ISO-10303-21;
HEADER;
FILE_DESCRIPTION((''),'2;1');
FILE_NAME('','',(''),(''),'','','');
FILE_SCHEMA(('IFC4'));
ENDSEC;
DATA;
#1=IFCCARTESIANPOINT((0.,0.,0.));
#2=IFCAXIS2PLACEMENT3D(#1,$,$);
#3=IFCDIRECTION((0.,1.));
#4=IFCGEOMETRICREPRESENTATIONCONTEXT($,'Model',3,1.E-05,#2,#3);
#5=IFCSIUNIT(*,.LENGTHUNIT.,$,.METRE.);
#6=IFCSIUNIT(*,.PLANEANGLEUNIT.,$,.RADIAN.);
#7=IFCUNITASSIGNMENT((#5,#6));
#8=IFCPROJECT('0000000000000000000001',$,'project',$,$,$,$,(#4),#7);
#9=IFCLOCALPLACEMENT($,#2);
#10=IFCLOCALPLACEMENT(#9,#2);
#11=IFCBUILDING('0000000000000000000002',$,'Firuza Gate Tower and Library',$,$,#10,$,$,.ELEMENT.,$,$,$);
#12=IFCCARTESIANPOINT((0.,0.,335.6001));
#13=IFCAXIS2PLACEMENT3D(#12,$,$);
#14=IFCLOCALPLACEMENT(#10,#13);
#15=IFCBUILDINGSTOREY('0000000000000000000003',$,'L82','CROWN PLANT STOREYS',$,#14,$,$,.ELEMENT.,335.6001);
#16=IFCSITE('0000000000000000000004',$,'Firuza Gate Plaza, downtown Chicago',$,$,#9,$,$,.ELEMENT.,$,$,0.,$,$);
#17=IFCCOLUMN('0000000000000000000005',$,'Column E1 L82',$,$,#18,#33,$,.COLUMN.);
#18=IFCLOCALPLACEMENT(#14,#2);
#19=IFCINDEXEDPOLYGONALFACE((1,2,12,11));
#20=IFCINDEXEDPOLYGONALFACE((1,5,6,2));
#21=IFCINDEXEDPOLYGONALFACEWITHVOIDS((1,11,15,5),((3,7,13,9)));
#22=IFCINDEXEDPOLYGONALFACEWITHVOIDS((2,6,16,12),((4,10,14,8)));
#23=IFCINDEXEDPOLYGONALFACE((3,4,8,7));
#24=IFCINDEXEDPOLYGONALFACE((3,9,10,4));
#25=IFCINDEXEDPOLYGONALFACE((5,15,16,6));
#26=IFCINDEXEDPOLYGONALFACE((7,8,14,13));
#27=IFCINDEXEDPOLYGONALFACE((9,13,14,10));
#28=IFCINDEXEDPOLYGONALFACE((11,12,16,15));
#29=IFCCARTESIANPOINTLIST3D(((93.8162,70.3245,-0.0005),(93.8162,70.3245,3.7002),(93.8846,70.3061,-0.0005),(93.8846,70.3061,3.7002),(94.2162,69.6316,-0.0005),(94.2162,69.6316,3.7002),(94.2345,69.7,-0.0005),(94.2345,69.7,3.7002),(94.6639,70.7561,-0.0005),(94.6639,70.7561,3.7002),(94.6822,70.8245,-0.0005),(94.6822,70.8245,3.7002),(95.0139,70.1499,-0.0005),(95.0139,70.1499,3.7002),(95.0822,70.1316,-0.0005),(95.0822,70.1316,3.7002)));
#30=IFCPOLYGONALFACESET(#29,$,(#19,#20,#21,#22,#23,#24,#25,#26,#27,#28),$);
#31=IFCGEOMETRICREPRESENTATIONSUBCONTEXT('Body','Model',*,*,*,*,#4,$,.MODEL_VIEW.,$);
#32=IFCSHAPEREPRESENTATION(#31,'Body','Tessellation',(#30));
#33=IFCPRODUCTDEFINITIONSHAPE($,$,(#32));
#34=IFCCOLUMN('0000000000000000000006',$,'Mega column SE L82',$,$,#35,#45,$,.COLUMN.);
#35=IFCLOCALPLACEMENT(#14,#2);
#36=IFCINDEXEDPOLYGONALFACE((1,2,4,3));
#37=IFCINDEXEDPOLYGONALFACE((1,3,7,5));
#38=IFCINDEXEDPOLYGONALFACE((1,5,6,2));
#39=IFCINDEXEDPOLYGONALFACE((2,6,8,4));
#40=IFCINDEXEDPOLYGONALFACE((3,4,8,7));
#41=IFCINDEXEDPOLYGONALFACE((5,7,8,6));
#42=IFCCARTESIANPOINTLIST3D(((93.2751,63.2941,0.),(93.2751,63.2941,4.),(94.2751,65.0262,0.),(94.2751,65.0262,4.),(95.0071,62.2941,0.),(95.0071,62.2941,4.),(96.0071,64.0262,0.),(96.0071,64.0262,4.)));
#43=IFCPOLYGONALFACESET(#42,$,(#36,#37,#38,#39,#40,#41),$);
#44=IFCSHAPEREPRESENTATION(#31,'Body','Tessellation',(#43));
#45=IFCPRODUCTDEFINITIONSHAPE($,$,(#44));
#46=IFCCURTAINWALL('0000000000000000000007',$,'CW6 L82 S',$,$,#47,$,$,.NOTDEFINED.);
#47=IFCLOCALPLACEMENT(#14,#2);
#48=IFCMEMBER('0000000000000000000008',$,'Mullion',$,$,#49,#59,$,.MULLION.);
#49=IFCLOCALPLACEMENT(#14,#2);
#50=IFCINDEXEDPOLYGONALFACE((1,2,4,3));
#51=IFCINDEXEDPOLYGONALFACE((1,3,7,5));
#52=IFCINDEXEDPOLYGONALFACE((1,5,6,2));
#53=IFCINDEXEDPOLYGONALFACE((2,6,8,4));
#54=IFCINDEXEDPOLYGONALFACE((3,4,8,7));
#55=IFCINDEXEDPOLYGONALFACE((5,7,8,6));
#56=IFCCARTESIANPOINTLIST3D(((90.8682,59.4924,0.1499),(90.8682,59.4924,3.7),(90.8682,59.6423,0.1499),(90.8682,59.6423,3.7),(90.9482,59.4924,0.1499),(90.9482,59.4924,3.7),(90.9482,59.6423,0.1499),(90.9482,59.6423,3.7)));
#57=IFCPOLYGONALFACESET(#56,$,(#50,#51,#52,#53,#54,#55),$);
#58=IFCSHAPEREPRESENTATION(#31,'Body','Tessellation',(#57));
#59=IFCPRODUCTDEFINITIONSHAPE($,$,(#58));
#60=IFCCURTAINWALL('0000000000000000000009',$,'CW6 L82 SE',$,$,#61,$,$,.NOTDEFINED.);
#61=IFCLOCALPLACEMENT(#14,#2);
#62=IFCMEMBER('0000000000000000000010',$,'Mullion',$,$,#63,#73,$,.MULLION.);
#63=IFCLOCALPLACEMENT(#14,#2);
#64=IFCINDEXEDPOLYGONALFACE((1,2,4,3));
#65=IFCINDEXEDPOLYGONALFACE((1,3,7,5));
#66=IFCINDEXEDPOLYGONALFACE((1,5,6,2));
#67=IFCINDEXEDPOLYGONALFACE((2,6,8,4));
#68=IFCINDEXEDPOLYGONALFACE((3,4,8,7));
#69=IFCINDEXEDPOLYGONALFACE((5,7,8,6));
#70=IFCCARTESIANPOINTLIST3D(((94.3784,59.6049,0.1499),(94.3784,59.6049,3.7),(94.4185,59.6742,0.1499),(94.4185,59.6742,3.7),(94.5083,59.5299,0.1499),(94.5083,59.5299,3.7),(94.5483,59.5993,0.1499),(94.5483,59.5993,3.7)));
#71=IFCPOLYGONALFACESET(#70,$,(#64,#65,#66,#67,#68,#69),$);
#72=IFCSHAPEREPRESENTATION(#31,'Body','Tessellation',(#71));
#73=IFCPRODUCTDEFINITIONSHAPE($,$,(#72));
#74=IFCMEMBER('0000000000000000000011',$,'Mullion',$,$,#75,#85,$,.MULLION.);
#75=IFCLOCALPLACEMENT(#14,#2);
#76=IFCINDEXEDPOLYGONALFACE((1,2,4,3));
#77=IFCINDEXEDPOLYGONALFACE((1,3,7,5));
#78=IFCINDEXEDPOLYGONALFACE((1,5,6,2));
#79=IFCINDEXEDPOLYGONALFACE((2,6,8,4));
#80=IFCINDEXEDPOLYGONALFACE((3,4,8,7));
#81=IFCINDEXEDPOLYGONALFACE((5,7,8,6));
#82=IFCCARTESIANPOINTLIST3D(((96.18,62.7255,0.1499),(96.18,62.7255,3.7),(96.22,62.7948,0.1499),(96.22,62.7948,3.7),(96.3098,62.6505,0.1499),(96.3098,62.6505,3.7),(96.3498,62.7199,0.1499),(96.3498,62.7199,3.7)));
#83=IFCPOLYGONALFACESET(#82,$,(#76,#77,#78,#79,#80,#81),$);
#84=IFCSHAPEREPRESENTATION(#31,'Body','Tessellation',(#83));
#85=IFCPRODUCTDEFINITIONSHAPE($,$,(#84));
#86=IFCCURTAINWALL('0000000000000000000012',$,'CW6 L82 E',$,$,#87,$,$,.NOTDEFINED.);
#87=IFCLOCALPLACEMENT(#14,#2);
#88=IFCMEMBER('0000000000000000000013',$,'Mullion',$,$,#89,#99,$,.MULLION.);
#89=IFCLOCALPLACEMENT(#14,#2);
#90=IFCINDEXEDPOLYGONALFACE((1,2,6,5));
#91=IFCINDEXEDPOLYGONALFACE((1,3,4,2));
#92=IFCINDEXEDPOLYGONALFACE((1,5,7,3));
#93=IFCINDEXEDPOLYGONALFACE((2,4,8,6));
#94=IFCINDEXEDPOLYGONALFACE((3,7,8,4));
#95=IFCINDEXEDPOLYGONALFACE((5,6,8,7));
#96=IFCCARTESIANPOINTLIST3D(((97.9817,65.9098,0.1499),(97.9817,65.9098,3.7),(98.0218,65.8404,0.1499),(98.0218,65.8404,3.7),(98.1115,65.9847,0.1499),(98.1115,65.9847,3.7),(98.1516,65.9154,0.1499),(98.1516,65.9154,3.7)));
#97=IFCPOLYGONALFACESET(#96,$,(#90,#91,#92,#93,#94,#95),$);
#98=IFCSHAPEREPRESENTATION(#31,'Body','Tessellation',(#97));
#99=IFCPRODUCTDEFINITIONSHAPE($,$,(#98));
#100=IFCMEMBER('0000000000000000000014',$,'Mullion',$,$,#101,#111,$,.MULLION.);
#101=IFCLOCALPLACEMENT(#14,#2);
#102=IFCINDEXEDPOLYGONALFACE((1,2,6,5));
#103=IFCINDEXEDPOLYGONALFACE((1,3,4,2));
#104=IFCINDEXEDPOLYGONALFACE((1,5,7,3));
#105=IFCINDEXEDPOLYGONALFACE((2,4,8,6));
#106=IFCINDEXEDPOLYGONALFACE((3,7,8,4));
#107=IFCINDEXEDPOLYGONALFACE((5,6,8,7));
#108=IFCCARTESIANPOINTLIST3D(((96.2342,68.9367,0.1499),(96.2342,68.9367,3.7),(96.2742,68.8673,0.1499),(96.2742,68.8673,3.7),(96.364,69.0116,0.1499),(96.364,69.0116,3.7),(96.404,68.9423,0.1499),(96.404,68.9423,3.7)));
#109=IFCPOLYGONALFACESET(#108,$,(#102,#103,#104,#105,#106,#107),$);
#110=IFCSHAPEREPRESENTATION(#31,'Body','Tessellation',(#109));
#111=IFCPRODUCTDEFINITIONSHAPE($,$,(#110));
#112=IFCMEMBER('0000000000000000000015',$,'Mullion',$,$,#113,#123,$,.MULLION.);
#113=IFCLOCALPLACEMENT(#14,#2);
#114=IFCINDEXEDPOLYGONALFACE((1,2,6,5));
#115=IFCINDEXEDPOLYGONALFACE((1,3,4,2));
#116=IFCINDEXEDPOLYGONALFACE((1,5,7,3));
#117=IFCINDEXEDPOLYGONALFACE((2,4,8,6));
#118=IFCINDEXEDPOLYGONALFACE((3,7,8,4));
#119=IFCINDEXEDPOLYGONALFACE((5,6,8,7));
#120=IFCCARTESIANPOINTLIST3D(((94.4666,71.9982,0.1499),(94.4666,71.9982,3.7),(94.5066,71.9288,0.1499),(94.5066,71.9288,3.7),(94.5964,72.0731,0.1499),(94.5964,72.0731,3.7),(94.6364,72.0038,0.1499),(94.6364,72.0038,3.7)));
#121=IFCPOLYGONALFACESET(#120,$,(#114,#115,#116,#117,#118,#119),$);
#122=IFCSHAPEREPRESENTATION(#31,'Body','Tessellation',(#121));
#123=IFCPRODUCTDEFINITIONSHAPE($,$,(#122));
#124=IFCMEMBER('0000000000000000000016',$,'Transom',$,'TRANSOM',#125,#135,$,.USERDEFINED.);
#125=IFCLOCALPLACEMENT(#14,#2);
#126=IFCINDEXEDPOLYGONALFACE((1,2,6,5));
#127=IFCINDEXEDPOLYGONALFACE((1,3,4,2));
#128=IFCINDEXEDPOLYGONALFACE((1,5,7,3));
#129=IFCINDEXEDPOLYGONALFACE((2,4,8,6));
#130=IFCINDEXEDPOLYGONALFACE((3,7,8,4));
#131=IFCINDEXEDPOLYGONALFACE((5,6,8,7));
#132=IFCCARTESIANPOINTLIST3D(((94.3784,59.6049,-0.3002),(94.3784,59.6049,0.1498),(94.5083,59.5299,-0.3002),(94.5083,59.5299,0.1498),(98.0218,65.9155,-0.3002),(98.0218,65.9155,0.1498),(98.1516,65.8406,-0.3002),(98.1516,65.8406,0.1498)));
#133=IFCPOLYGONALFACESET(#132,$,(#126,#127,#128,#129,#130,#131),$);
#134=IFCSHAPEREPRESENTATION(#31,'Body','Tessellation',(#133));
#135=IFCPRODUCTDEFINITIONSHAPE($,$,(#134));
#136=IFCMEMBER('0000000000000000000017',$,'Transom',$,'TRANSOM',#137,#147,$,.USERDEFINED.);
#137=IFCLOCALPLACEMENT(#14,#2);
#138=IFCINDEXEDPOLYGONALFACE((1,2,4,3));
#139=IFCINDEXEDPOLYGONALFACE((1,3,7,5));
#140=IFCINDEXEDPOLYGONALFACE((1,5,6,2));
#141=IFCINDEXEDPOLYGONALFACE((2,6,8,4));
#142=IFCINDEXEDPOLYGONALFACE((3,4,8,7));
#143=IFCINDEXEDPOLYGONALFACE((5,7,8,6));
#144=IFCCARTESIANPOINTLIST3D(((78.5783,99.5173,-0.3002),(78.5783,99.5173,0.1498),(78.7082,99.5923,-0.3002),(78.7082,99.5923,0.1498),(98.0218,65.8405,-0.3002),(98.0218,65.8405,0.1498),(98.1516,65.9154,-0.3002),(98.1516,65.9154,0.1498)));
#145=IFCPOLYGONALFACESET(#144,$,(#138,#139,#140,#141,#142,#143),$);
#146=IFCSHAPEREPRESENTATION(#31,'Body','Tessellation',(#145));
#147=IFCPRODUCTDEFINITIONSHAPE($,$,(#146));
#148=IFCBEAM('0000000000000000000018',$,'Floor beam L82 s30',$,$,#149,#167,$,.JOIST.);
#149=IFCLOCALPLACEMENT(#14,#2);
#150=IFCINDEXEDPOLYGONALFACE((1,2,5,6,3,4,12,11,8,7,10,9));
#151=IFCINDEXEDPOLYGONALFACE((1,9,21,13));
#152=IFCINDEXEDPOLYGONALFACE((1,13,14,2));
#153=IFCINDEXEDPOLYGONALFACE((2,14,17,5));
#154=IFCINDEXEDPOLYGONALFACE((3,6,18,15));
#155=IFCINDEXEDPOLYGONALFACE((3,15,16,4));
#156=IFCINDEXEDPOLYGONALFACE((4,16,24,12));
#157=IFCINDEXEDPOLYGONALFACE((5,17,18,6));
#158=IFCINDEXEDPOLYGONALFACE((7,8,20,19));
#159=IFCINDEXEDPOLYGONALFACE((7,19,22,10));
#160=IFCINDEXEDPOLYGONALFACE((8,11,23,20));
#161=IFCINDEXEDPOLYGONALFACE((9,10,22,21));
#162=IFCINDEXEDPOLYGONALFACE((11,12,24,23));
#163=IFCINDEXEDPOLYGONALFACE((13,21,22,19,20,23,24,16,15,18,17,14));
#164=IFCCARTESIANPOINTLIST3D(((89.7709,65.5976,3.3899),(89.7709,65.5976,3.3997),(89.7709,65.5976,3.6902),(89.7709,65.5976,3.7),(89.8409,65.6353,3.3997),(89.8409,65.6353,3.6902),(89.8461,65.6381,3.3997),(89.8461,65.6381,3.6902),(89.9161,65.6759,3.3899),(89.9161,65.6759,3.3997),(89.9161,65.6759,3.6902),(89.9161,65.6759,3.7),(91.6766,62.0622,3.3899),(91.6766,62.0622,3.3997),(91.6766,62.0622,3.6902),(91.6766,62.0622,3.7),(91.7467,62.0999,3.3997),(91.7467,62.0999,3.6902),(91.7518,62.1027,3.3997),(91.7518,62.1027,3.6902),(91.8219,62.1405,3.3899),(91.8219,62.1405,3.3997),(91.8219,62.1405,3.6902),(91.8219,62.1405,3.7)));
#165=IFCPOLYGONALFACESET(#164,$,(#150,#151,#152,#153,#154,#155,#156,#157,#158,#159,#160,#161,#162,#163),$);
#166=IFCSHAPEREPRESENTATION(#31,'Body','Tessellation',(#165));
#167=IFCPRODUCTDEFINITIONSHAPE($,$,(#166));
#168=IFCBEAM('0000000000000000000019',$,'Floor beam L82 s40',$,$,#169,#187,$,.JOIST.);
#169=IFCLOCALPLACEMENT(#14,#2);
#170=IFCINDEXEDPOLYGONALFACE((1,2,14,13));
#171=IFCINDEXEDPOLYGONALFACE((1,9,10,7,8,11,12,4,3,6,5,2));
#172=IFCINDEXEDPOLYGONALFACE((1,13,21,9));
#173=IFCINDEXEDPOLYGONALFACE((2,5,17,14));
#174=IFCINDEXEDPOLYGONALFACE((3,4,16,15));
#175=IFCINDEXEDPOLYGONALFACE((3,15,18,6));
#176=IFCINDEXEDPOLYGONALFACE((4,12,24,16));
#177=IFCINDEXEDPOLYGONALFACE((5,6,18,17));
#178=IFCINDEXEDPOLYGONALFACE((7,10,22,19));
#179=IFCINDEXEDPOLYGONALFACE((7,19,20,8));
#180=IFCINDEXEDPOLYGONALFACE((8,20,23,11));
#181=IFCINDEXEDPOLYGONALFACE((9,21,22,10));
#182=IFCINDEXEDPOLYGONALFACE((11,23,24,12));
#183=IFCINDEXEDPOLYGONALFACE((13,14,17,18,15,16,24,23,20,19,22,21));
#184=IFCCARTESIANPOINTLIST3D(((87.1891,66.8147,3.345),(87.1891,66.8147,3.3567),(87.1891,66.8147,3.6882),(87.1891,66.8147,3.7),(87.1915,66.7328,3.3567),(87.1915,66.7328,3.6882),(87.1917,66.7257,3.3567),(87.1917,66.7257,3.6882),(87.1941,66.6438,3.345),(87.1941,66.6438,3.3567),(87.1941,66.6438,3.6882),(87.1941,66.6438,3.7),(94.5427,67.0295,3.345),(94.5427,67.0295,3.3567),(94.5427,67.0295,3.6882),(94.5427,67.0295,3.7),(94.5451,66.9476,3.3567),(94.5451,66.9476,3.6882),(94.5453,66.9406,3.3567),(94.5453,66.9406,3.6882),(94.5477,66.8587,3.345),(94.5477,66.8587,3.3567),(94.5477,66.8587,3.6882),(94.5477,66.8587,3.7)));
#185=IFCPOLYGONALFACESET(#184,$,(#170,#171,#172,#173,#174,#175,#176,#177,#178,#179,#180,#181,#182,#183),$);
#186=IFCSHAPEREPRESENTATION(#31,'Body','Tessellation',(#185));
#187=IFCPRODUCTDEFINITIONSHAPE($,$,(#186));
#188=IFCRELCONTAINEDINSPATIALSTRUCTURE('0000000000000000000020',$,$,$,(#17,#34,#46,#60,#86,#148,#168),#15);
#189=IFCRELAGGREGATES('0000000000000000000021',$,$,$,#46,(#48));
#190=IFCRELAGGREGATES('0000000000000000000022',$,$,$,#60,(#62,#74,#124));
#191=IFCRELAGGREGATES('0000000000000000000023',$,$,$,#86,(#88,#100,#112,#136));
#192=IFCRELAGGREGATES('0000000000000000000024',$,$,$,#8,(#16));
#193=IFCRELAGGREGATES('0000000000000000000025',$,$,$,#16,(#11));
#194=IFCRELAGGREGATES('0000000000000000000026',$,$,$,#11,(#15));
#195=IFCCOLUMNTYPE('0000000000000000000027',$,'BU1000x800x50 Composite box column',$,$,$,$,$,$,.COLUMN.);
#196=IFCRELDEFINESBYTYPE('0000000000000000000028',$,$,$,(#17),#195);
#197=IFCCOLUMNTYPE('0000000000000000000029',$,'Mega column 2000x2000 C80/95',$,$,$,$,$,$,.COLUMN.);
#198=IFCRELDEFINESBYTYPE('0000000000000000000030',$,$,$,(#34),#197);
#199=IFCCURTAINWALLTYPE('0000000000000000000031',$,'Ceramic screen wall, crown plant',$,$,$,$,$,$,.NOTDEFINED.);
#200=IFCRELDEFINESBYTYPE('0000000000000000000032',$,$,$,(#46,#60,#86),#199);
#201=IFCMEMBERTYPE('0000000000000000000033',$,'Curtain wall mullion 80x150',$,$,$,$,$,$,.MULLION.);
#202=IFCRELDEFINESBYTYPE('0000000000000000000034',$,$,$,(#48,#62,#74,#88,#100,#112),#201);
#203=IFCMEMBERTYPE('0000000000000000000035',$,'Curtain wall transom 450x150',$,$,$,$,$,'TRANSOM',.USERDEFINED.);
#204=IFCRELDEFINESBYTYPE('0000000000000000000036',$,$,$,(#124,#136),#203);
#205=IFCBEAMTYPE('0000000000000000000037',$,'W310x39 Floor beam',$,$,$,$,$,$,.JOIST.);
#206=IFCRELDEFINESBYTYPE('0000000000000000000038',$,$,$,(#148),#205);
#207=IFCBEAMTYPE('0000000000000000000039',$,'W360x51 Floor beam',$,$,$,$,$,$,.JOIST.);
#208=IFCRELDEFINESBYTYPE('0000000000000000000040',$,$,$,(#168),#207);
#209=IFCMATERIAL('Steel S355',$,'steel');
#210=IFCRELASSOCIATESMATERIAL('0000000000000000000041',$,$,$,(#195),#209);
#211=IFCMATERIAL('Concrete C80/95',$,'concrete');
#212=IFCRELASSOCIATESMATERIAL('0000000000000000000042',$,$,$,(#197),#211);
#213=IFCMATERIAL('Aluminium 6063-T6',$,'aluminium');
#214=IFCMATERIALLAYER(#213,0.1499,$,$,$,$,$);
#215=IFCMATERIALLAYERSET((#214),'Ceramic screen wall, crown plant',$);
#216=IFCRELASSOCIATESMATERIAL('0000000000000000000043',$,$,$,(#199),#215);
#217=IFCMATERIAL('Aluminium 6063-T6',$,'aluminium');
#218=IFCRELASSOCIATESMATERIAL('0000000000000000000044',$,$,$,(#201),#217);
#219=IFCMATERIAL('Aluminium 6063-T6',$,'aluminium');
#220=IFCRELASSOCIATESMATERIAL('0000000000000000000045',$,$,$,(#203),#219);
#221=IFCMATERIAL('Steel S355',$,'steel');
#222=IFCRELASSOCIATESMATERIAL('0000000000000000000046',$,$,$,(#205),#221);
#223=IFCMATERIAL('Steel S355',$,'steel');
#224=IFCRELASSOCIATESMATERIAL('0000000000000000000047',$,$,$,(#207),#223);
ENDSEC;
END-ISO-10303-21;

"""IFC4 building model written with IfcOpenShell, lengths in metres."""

from ifc_helpers import new_model, si_unit, direction, frame, origin, origin_2d, place, context, subcontext, project, spatial, rectangle, hollow_rectangle, i_section, extrude, material, layer, layer_set, material_profile, profile_set, type_object, element, aggregate, save


model = new_model("IFC4")

# Units and contexts
model_context = context("Model", 3, precision=1e-05, world=origin(), true_north=direction((0.0, 1.0)))
body_context = subcontext(model_context, "Body", "Model", "MODEL_VIEW")
ifc_project = project(units=[si_unit("LENGTHUNIT", "METRE"), si_unit("PLANEANGLEUNIT", "RADIAN")], contexts=[model_context])

# Site, building, storey
site_placement = place(None, origin())
site = spatial("IfcSite", under=ifc_project, at=site_placement, Name="Firuza Gate Plaza, downtown Chicago", CompositionType="ELEMENT", RefElevation=0.0)
building_placement = place(site_placement, origin())
building = spatial("IfcBuilding", under=site, at=building_placement, Name="Firuza Gate Tower and Library", CompositionType="ELEMENT")
storey_placement = place(building_placement, frame((0.0, 0.0, 335.6001)))
storey = spatial("IfcBuildingStorey", under=building, at=storey_placement, Name="L82", Description="CROWN PLANT STOREYS", CompositionType="ELEMENT", Elevation=335.6001)

# Columns
ifc_material_1 = material(Name="Steel S355", Category="steel")
ifc_material_profile_1 = material_profile(ifc_material_1, hollow_rectangle(XDim=0.8, YDim=1.0, WallThickness=0.05, at=origin_2d()))
ifc_profile_set_1 = profile_set([ifc_material_profile_1], Name="Steel S355")
column_type_1 = type_object("IfcColumnType", Name="BU1000x800x50 Composite box column", PredefinedType="COLUMN", material=ifc_profile_set_1)
column_1_placement = place(storey_placement, frame((94.4492, 70.228, -0.0005), z_axis=(0.0, 0.0, 1.0), x_axis=(-0.5, 0.866025, 0.0)))
element("IfcColumn", 1, at=column_1_placement, inside=storey, type_object=column_type_1, Name="Column E1 L82", PredefinedType="COLUMN", context=body_context, shape_type="SweptSolid", body=[
    extrude(hollow_rectangle(XDim=0.8, YDim=1.0, WallThickness=0.05, at=origin_2d()), origin(), (0.0, 0.0, 1.0), 3.7007),
])
ifc_material_2 = material(Name="Concrete C80/95", Category="concrete")
ifc_material_profile_2 = material_profile(ifc_material_2, rectangle(XDim=2.0, YDim=2.0, at=origin_2d()))
ifc_profile_set_2 = profile_set([ifc_material_profile_2], Name="Concrete C80/95")
column_type_2 = type_object("IfcColumnType", Name="Mega column 2000x2000 C80/95", PredefinedType="COLUMN", material=ifc_profile_set_2)
column_2_placement = place(storey_placement, frame((94.6411, 63.6602, 0.0), z_axis=(0.0, 0.0, 1.0), x_axis=(0.5, 0.866025, 0.0)))
element("IfcColumn", 2, at=column_2_placement, inside=storey, type_object=column_type_2, Name="Mega column SE L82", PredefinedType="COLUMN", context=body_context, shape_type="SweptSolid", body=[
    extrude(rectangle(XDim=2.0, YDim=2.0, at=origin_2d()), origin(), (0.0, 0.0, 1.0), 4.0),
])

# Curtain wall, member
ifc_material_3 = material(Name="Aluminium 6063-T6", Category="aluminium")
ifc_layer_1 = layer(ifc_material_3, 0.1499)
ifc_layer_set_1 = layer_set([ifc_layer_1], Name="Ceramic screen wall, crown plant")
curtain_wall_type = type_object("IfcCurtainWallType", Name="Ceramic screen wall, crown plant", PredefinedType="NOTDEFINED", material=ifc_layer_set_1)
placement = place(storey_placement, origin())
curtain_wall_1 = element("IfcCurtainWall", 3, at=placement, inside=storey, type_object=curtain_wall_type, Name="CW6 L82 S", PredefinedType="NOTDEFINED")
ifc_material_4 = material(Name="Aluminium 6063-T6", Category="aluminium")
ifc_material_profile_3 = material_profile(ifc_material_4, rectangle(XDim=0.1499, YDim=0.0801, at=origin_2d()))
ifc_profile_set_3 = profile_set([ifc_material_profile_3], Name="Aluminium 6063-T6")
member_type_1 = type_object("IfcMemberType", Name="Curtain wall mullion 80x150", PredefinedType="MULLION", material=ifc_profile_set_3)
member_1_placement = place(storey_placement, frame((90.9082, 59.5674, 0.1499), z_axis=(0.0, 0.0, 1.0), x_axis=(0.0, 1.0, 0.0)))
member_1 = element("IfcMember", 4, at=member_1_placement, type_object=member_type_1, Name="Mullion", PredefinedType="MULLION", context=body_context, shape_type="SweptSolid", body=[
    extrude(rectangle(XDim=0.1499, YDim=0.0801, at=origin_2d()), origin(), (0.0, 0.0, 1.0), 3.55),
])

# Curtain walls, members
curtain_wall_2 = element("IfcCurtainWall", 5, at=placement, inside=storey, type_object=curtain_wall_type, Name="CW6 L82 SE", PredefinedType="NOTDEFINED")
member_2_placement = place(storey_placement, frame((94.4634, 59.6021, 0.1499), z_axis=(0.0, 0.0, 1.0), x_axis=(-0.866025, 0.5, 0.0)))
member_2 = element("IfcMember", 6, at=member_2_placement, type_object=member_type_1, Name="Mullion", PredefinedType="MULLION", context=body_context, shape_type="SweptSolid", body=[
    extrude(rectangle(XDim=0.1499, YDim=0.0801, at=origin_2d()), origin(), (0.0, 0.0, 1.0), 3.55),
])
member_3_placement = place(storey_placement, frame((96.2649, 62.7227, 0.1499), z_axis=(0.0, 0.0, 1.0), x_axis=(-0.866025, 0.5, 0.0)))
member_3 = element("IfcMember", 7, at=member_3_placement, type_object=member_type_1, Name="Mullion", PredefinedType="MULLION", context=body_context, shape_type="SweptSolid", body=[
    extrude(rectangle(XDim=0.1499, YDim=0.0801, at=origin_2d()), origin(), (0.0, 0.0, 1.0), 3.55),
])
curtain_wall_3 = element("IfcCurtainWall", 8, at=placement, inside=storey, type_object=curtain_wall_type, Name="CW6 L82 E", PredefinedType="NOTDEFINED")
member_4_placement = place(storey_placement, frame((98.0667, 65.9126, 0.1499), z_axis=(0.0, 0.0, 1.0), x_axis=(-0.866025, -0.5, 0.0)))
member_4 = element("IfcMember", 9, at=member_4_placement, type_object=member_type_1, Name="Mullion", PredefinedType="MULLION", context=body_context, shape_type="SweptSolid", body=[
    extrude(rectangle(XDim=0.1499, YDim=0.0801, at=origin_2d()), origin(), (0.0, 0.0, 1.0), 3.55),
])
member_5_placement = place(storey_placement, frame((96.3191, 68.9395, 0.1499), z_axis=(0.0, 0.0, 1.0), x_axis=(-0.866025, -0.5, 0.0)))
member_5 = element("IfcMember", 10, at=member_5_placement, type_object=member_type_1, Name="Mullion", PredefinedType="MULLION", context=body_context, shape_type="SweptSolid", body=[
    extrude(rectangle(XDim=0.1499, YDim=0.0801, at=origin_2d()), origin(), (0.0, 0.0, 1.0), 3.55),
])
member_6_placement = place(storey_placement, frame((94.5515, 72.001, 0.1499), z_axis=(0.0, 0.0, 1.0), x_axis=(-0.866025, -0.5, 0.0)))
member_6 = element("IfcMember", 11, at=member_6_placement, type_object=member_type_1, Name="Mullion", PredefinedType="MULLION", context=body_context, shape_type="SweptSolid", body=[
    extrude(rectangle(XDim=0.1499, YDim=0.0801, at=origin_2d()), origin(), (0.0, 0.0, 1.0), 3.55),
])

# Members
ifc_material_5 = material(Name="Aluminium 6063-T6", Category="aluminium")
ifc_material_profile_4 = material_profile(ifc_material_5, rectangle(XDim=0.1499, YDim=0.45, at=origin_2d()))
ifc_profile_set_4 = profile_set([ifc_material_profile_4], Name="Aluminium 6063-T6")
member_type_2 = type_object("IfcMemberType", Name="Curtain wall transom 450x150", ElementType="TRANSOM", PredefinedType="USERDEFINED", material=ifc_profile_set_4)
member_7_placement = place(storey_placement, frame((94.4434, 59.5674, -0.0752), z_axis=(0.499991, 0.86603, 0.0), x_axis=(-0.86603, 0.499991, 0.0)))
member_7 = element("IfcMember", 12, at=member_7_placement, type_object=member_type_2, Name="Transom", ObjectType="TRANSOM", PredefinedType="USERDEFINED", context=body_context, shape_type="SweptSolid", body=[
    extrude(rectangle(XDim=0.1499, YDim=0.45, at=origin_2d()), origin(), (0.0, 0.0, 1.0), 7.2869),
])
member_8_placement = place(storey_placement, frame((98.0867, 65.8779, -0.0752), z_axis=(-0.500001, 0.866025, 0.0), x_axis=(-0.866025, -0.500001, 0.0)))
member_8 = element("IfcMember", 13, at=member_8_placement, type_object=member_type_2, Name="Transom", ObjectType="TRANSOM", PredefinedType="USERDEFINED", context=body_context, shape_type="SweptSolid", body=[
    extrude(rectangle(XDim=0.1499, YDim=0.45, at=origin_2d()), origin(), (0.0, 0.0, 1.0), 38.8867),
])

# Beams
ifc_material_6 = material(Name="Steel S355", Category="steel")
ifc_material_profile_5 = material_profile(ifc_material_6, i_section(OverallWidth=0.165, OverallDepth=0.3101, WebThickness=0.0059, FlangeThickness=0.0098, at=origin_2d()))
ifc_profile_set_5 = profile_set([ifc_material_profile_5], Name="Steel S355")
beam_type_1 = type_object("IfcBeamType", Name="W310x39 Floor beam", PredefinedType="JOIST", material=ifc_profile_set_5)
beam_1_placement = place(storey_placement, frame((91.7493, 62.1013, 3.5449), z_axis=(-0.474502, 0.880254, 0.0), x_axis=(-0.880254, -0.474502, 0.0)))
element("IfcBeam", 14, at=beam_1_placement, inside=storey, type_object=beam_type_1, Name="Floor beam L82 s30", PredefinedType="JOIST", context=body_context, shape_type="SweptSolid", body=[
    extrude(i_section(OverallWidth=0.165, OverallDepth=0.3101, WebThickness=0.0059, FlangeThickness=0.0098, at=origin_2d()), origin(), (0.0, 0.0, 1.0), 4.0164),
])
ifc_material_7 = material(Name="Steel S355", Category="steel")
ifc_material_profile_6 = material_profile(ifc_material_7, i_section(OverallWidth=0.1709, OverallDepth=0.355, WebThickness=0.0071, FlangeThickness=0.0117, at=origin_2d()))
ifc_profile_set_6 = profile_set([ifc_material_profile_6], Name="Steel S355")
beam_type_2 = type_object("IfcBeamType", Name="W360x51 Floor beam", PredefinedType="JOIST", material=ifc_profile_set_6)
beam_2_placement = place(storey_placement, frame((94.5452, 66.9441, 3.5225), z_axis=(-0.999573, -0.029204, 0.0), x_axis=(0.029204, -0.999573, 0.0)))
element("IfcBeam", 15, at=beam_2_placement, inside=storey, type_object=beam_type_2, Name="Floor beam L82 s40", PredefinedType="JOIST", context=body_context, shape_type="SweptSolid", body=[
    extrude(i_section(OverallWidth=0.1709, OverallDepth=0.355, WebThickness=0.0071, FlangeThickness=0.0117, at=origin_2d()), origin(), (0.0, 0.0, 1.0), 7.3567),
])

aggregate(curtain_wall_1, [member_1])
aggregate(curtain_wall_2, [member_2, member_3, member_7])
aggregate(curtain_wall_3, [member_4, member_5, member_6, member_8])

save(model, "model.ifc")
